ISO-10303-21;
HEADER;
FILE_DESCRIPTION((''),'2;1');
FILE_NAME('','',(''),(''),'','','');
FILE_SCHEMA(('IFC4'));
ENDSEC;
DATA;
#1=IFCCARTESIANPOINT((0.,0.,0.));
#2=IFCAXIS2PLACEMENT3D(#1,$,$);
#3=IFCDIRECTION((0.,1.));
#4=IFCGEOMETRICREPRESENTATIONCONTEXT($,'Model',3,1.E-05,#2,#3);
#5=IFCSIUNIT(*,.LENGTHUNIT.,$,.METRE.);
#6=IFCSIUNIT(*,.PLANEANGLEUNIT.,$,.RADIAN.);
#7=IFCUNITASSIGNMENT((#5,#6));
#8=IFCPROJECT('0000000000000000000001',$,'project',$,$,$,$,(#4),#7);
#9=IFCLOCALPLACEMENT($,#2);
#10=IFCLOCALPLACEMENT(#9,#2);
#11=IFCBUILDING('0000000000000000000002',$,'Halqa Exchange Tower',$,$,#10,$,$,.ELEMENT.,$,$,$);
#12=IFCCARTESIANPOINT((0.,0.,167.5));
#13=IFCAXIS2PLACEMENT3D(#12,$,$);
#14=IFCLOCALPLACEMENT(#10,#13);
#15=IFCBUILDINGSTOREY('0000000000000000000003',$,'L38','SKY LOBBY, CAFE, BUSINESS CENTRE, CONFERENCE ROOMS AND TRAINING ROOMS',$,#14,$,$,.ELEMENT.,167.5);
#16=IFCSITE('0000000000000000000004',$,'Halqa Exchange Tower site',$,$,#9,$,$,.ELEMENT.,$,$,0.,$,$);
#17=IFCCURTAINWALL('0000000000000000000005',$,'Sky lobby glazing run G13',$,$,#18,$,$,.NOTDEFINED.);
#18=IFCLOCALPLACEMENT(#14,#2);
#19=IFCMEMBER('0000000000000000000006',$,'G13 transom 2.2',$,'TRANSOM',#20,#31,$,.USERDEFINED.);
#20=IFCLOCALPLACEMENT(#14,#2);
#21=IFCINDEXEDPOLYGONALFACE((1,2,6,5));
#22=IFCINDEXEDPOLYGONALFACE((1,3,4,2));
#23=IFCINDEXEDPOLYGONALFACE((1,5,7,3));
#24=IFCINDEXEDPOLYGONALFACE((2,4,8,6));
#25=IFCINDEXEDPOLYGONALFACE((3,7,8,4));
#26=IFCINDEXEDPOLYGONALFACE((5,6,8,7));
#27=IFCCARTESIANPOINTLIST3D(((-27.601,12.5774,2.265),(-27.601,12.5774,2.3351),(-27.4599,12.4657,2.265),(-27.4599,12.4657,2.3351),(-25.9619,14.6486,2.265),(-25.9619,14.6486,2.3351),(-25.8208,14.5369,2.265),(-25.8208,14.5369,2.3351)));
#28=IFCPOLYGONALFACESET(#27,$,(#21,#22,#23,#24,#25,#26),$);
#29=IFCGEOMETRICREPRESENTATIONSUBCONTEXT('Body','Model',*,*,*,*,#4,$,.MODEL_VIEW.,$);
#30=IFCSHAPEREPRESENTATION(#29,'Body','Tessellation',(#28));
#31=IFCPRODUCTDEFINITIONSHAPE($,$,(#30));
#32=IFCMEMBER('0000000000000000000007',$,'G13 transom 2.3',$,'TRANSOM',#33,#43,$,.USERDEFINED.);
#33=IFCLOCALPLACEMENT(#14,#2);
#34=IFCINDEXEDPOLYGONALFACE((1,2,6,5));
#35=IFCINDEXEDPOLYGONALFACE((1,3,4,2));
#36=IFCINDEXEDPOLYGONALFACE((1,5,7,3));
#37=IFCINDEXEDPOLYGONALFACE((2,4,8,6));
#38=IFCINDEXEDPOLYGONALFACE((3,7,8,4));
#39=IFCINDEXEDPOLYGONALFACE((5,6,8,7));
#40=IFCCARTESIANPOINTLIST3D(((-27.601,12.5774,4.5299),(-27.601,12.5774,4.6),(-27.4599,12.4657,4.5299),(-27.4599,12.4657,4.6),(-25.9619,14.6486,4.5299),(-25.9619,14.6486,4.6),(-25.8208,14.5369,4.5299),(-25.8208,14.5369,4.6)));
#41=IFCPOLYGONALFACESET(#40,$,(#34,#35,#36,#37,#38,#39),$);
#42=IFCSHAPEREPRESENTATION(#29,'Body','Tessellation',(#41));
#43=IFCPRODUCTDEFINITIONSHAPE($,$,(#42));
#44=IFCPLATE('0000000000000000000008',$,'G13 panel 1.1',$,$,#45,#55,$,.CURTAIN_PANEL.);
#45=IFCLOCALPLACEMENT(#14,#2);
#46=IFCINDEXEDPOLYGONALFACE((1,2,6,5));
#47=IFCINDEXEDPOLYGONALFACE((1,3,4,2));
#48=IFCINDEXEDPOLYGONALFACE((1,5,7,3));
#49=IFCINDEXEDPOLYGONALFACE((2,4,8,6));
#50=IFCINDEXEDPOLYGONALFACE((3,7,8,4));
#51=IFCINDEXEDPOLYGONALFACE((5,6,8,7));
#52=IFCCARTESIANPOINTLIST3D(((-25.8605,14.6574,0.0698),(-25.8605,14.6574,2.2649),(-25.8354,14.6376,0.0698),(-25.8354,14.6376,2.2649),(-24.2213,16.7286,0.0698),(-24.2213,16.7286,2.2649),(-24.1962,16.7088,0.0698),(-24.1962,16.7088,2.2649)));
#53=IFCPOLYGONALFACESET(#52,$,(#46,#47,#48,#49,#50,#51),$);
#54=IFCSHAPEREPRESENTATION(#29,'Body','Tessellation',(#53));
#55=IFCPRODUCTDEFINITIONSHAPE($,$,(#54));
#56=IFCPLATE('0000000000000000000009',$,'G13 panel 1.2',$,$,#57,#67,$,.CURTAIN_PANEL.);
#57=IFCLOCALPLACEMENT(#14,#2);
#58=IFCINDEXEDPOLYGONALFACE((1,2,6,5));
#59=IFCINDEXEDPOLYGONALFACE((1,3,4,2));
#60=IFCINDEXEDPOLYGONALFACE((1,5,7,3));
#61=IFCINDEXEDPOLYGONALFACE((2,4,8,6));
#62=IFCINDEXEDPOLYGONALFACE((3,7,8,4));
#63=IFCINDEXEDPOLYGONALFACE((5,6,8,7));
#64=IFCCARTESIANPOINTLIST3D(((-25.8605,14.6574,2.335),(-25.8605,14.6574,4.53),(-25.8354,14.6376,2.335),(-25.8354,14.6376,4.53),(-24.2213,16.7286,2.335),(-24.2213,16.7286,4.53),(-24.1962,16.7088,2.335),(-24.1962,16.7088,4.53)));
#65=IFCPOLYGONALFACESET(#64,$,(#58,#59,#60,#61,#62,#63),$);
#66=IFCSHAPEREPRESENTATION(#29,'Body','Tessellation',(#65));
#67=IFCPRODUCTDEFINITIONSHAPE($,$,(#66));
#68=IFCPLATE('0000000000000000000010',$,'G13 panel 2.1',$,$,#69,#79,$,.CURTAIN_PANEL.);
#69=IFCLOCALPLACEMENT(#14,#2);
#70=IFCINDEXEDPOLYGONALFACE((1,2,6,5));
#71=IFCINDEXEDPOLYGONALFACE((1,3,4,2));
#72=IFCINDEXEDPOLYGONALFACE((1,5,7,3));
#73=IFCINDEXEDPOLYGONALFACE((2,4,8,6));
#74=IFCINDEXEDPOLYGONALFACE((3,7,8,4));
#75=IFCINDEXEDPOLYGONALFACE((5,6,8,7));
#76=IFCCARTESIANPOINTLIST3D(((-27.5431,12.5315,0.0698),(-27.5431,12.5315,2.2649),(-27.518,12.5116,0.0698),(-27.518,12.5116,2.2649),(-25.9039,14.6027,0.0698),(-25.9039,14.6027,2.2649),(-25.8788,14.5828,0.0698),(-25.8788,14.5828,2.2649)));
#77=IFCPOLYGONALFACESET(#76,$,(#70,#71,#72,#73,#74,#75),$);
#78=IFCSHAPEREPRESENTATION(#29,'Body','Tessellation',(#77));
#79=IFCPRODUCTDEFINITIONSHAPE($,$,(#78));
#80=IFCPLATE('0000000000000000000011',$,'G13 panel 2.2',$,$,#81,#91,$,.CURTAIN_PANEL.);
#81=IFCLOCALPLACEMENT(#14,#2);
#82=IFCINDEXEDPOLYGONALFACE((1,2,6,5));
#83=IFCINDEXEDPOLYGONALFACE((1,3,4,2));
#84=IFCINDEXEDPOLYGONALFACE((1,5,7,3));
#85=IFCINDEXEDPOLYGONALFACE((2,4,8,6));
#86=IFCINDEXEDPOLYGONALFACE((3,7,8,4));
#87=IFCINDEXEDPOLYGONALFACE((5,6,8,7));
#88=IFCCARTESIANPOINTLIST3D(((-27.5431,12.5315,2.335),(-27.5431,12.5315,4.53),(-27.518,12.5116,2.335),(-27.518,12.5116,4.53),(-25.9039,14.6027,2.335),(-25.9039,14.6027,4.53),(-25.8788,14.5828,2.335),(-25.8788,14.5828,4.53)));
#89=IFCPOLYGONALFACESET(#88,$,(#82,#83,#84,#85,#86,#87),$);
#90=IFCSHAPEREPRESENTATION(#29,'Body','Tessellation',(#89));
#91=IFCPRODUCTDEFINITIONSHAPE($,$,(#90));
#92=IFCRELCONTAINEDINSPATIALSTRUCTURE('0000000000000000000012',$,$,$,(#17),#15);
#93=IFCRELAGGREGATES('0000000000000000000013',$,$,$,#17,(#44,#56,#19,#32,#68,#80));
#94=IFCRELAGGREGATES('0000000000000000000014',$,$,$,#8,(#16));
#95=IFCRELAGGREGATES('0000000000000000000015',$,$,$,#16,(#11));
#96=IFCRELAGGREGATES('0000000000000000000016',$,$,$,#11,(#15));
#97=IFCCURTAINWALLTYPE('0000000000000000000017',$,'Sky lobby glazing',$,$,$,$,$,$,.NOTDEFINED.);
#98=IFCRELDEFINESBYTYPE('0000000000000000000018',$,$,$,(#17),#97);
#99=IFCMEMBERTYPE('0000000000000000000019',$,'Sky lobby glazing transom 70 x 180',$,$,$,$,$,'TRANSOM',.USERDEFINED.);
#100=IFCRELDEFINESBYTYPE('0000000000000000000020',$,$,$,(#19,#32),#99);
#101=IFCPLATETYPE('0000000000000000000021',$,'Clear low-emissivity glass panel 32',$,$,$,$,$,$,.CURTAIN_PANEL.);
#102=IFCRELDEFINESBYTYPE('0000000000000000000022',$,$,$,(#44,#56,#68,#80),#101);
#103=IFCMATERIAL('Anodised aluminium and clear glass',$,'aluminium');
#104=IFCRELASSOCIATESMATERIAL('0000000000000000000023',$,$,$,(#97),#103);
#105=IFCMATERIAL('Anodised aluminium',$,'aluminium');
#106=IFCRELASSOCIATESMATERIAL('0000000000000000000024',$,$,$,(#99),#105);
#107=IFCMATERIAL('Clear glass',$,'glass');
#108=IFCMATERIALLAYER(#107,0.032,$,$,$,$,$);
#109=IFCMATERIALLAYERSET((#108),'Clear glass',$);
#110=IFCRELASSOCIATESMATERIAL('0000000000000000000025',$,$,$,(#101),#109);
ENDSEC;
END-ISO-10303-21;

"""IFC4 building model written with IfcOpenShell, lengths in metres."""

from ifc_helpers import new_model, si_unit, direction, frame, origin, origin_2d, place, context, subcontext, project, spatial, rectangle, extrude, material, layer, layer_set, material_profile, profile_set, type_object, element, aggregate, save


model = new_model("IFC4")

# Units and contexts
model_context = context("Model", 3, precision=1e-05, world=origin(), true_north=direction((0.0, 1.0)))
body_context = subcontext(model_context, "Body", "Model", "MODEL_VIEW")
ifc_project = project(units=[si_unit("LENGTHUNIT", "METRE"), si_unit("PLANEANGLEUNIT", "RADIAN")], contexts=[model_context])

# Site, building, storey
site_placement = place(None, origin())
site = spatial("IfcSite", under=ifc_project, at=site_placement, Name="Halqa Exchange Tower site", CompositionType="ELEMENT", RefElevation=0.0)
building_placement = place(site_placement, origin())
building = spatial("IfcBuilding", under=site, at=building_placement, Name="Halqa Exchange Tower", CompositionType="ELEMENT")
storey_placement = place(building_placement, frame((0.0, 0.0, 167.5)))
storey = spatial("IfcBuildingStorey", under=building, at=storey_placement, Name="L38", Description="SKY LOBBY, CAFE, BUSINESS CENTRE, CONFERENCE ROOMS AND TRAINING ROOMS", CompositionType="ELEMENT", Elevation=167.5)

# Curtain wall, members, plates
ifc_material_1 = material(Name="Anodised aluminium and clear glass", Category="aluminium")
curtain_wall_type = type_object("IfcCurtainWallType", Name="Sky lobby glazing", PredefinedType="NOTDEFINED", material=ifc_material_1)
curtain_wall_placement = place(storey_placement, origin())
curtain_wall = element("IfcCurtainWall", 1, at=curtain_wall_placement, inside=storey, type_object=curtain_wall_type, Name="Sky lobby glazing run G13", PredefinedType="NOTDEFINED")
ifc_material_2 = material(Name="Anodised aluminium", Category="aluminium")
ifc_material_profile_1 = material_profile(ifc_material_2, rectangle(XDim=0.1799, YDim=0.0701, at=origin_2d()), Name="AL 70x180")
ifc_profile_set_1 = profile_set([ifc_material_profile_1], Name="Anodised aluminium")
member_type_1 = type_object("IfcMemberType", Name="Sky lobby glazing transom 70 x 180", ElementType="TRANSOM", PredefinedType="USERDEFINED", material=ifc_profile_set_1)
member_1_placement = place(storey_placement, frame((-25.8914, 14.5928, 2.3), z_axis=(-0.620561, -0.784158, 0.0), x_axis=(0.784158, -0.620561, 0.0)))
member_1 = element("IfcMember", 2, at=member_1_placement, type_object=member_type_1, Name="G13 transom 2.2", ObjectType="TRANSOM", PredefinedType="USERDEFINED", context=body_context, shape_type="SweptSolid", body=[
    extrude(rectangle(XDim=0.1799, YDim=0.0701, at=origin_2d()), origin(), (0.0, 0.0, 1.0), 2.6414),
])
member_2_placement = place(storey_placement, frame((-25.8914, 14.5928, 4.5649), z_axis=(-0.620561, -0.784158, 0.0), x_axis=(0.784158, -0.620561, 0.0)))
member_2 = element("IfcMember", 3, at=member_2_placement, type_object=member_type_1, Name="G13 transom 2.3", ObjectType="TRANSOM", PredefinedType="USERDEFINED", context=body_context, shape_type="SweptSolid", body=[
    extrude(rectangle(XDim=0.1799, YDim=0.0701, at=origin_2d()), origin(), (0.0, 0.0, 1.0), 2.6414),
])
ifc_material_3 = material(Name="Clear glass", Category="glass")
ifc_layer = layer(ifc_material_3, 0.032)
ifc_layer_set = layer_set([ifc_layer], Name="Clear glass")
plate_type = type_object("IfcPlateType", Name="Clear low-emissivity glass panel 32", PredefinedType="CURTAIN_PANEL", material=ifc_layer_set)
plate_1_placement = place(storey_placement, frame((-25.0283, 15.6831, 0.0698), z_axis=(0.0, 0.0, 1.0), x_axis=(-0.620584, -0.78414, 0.0)))
plate_1 = element("IfcPlate", 4, at=plate_1_placement, type_object=plate_type, Name="G13 panel 1.1", PredefinedType="CURTAIN_PANEL", context=body_context, shape_type="SweptSolid", body=[
    extrude(rectangle(XDim=2.6414, YDim=0.032, at=origin_2d()), origin(), (0.0, 0.0, 1.0), 2.1951),
])
plate_2_placement = place(storey_placement, frame((-25.0283, 15.6831, 2.335), z_axis=(0.0, 0.0, 1.0), x_axis=(-0.620584, -0.78414, 0.0)))
plate_2 = element("IfcPlate", 5, at=plate_2_placement, type_object=plate_type, Name="G13 panel 1.2", PredefinedType="CURTAIN_PANEL", context=body_context, shape_type="SweptSolid", body=[
    extrude(rectangle(XDim=2.6414, YDim=0.032, at=origin_2d()), origin(), (0.0, 0.0, 1.0), 2.1951),
])
plate_3_placement = place(storey_placement, frame((-26.7109, 13.5571, 0.0698), z_axis=(0.0, 0.0, 1.0), x_axis=(-0.620584, -0.78414, 0.0)))
plate_3 = element("IfcPlate", 6, at=plate_3_placement, type_object=plate_type, Name="G13 panel 2.1", PredefinedType="CURTAIN_PANEL", context=body_context, shape_type="SweptSolid", body=[
    extrude(rectangle(XDim=2.6414, YDim=0.032, at=origin_2d()), origin(), (0.0, 0.0, 1.0), 2.1951),
])
plate_4_placement = place(storey_placement, frame((-26.7109, 13.5571, 2.335), z_axis=(0.0, 0.0, 1.0), x_axis=(-0.620584, -0.78414, 0.0)))
plate_4 = element("IfcPlate", 7, at=plate_4_placement, type_object=plate_type, Name="G13 panel 2.2", PredefinedType="CURTAIN_PANEL", context=body_context, shape_type="SweptSolid", body=[
    extrude(rectangle(XDim=2.6414, YDim=0.032, at=origin_2d()), origin(), (0.0, 0.0, 1.0), 2.1951),
])
aggregate(curtain_wall, [plate_1, plate_2, member_1, member_2, plate_3, plate_4])

save(model, "model.ifc")
